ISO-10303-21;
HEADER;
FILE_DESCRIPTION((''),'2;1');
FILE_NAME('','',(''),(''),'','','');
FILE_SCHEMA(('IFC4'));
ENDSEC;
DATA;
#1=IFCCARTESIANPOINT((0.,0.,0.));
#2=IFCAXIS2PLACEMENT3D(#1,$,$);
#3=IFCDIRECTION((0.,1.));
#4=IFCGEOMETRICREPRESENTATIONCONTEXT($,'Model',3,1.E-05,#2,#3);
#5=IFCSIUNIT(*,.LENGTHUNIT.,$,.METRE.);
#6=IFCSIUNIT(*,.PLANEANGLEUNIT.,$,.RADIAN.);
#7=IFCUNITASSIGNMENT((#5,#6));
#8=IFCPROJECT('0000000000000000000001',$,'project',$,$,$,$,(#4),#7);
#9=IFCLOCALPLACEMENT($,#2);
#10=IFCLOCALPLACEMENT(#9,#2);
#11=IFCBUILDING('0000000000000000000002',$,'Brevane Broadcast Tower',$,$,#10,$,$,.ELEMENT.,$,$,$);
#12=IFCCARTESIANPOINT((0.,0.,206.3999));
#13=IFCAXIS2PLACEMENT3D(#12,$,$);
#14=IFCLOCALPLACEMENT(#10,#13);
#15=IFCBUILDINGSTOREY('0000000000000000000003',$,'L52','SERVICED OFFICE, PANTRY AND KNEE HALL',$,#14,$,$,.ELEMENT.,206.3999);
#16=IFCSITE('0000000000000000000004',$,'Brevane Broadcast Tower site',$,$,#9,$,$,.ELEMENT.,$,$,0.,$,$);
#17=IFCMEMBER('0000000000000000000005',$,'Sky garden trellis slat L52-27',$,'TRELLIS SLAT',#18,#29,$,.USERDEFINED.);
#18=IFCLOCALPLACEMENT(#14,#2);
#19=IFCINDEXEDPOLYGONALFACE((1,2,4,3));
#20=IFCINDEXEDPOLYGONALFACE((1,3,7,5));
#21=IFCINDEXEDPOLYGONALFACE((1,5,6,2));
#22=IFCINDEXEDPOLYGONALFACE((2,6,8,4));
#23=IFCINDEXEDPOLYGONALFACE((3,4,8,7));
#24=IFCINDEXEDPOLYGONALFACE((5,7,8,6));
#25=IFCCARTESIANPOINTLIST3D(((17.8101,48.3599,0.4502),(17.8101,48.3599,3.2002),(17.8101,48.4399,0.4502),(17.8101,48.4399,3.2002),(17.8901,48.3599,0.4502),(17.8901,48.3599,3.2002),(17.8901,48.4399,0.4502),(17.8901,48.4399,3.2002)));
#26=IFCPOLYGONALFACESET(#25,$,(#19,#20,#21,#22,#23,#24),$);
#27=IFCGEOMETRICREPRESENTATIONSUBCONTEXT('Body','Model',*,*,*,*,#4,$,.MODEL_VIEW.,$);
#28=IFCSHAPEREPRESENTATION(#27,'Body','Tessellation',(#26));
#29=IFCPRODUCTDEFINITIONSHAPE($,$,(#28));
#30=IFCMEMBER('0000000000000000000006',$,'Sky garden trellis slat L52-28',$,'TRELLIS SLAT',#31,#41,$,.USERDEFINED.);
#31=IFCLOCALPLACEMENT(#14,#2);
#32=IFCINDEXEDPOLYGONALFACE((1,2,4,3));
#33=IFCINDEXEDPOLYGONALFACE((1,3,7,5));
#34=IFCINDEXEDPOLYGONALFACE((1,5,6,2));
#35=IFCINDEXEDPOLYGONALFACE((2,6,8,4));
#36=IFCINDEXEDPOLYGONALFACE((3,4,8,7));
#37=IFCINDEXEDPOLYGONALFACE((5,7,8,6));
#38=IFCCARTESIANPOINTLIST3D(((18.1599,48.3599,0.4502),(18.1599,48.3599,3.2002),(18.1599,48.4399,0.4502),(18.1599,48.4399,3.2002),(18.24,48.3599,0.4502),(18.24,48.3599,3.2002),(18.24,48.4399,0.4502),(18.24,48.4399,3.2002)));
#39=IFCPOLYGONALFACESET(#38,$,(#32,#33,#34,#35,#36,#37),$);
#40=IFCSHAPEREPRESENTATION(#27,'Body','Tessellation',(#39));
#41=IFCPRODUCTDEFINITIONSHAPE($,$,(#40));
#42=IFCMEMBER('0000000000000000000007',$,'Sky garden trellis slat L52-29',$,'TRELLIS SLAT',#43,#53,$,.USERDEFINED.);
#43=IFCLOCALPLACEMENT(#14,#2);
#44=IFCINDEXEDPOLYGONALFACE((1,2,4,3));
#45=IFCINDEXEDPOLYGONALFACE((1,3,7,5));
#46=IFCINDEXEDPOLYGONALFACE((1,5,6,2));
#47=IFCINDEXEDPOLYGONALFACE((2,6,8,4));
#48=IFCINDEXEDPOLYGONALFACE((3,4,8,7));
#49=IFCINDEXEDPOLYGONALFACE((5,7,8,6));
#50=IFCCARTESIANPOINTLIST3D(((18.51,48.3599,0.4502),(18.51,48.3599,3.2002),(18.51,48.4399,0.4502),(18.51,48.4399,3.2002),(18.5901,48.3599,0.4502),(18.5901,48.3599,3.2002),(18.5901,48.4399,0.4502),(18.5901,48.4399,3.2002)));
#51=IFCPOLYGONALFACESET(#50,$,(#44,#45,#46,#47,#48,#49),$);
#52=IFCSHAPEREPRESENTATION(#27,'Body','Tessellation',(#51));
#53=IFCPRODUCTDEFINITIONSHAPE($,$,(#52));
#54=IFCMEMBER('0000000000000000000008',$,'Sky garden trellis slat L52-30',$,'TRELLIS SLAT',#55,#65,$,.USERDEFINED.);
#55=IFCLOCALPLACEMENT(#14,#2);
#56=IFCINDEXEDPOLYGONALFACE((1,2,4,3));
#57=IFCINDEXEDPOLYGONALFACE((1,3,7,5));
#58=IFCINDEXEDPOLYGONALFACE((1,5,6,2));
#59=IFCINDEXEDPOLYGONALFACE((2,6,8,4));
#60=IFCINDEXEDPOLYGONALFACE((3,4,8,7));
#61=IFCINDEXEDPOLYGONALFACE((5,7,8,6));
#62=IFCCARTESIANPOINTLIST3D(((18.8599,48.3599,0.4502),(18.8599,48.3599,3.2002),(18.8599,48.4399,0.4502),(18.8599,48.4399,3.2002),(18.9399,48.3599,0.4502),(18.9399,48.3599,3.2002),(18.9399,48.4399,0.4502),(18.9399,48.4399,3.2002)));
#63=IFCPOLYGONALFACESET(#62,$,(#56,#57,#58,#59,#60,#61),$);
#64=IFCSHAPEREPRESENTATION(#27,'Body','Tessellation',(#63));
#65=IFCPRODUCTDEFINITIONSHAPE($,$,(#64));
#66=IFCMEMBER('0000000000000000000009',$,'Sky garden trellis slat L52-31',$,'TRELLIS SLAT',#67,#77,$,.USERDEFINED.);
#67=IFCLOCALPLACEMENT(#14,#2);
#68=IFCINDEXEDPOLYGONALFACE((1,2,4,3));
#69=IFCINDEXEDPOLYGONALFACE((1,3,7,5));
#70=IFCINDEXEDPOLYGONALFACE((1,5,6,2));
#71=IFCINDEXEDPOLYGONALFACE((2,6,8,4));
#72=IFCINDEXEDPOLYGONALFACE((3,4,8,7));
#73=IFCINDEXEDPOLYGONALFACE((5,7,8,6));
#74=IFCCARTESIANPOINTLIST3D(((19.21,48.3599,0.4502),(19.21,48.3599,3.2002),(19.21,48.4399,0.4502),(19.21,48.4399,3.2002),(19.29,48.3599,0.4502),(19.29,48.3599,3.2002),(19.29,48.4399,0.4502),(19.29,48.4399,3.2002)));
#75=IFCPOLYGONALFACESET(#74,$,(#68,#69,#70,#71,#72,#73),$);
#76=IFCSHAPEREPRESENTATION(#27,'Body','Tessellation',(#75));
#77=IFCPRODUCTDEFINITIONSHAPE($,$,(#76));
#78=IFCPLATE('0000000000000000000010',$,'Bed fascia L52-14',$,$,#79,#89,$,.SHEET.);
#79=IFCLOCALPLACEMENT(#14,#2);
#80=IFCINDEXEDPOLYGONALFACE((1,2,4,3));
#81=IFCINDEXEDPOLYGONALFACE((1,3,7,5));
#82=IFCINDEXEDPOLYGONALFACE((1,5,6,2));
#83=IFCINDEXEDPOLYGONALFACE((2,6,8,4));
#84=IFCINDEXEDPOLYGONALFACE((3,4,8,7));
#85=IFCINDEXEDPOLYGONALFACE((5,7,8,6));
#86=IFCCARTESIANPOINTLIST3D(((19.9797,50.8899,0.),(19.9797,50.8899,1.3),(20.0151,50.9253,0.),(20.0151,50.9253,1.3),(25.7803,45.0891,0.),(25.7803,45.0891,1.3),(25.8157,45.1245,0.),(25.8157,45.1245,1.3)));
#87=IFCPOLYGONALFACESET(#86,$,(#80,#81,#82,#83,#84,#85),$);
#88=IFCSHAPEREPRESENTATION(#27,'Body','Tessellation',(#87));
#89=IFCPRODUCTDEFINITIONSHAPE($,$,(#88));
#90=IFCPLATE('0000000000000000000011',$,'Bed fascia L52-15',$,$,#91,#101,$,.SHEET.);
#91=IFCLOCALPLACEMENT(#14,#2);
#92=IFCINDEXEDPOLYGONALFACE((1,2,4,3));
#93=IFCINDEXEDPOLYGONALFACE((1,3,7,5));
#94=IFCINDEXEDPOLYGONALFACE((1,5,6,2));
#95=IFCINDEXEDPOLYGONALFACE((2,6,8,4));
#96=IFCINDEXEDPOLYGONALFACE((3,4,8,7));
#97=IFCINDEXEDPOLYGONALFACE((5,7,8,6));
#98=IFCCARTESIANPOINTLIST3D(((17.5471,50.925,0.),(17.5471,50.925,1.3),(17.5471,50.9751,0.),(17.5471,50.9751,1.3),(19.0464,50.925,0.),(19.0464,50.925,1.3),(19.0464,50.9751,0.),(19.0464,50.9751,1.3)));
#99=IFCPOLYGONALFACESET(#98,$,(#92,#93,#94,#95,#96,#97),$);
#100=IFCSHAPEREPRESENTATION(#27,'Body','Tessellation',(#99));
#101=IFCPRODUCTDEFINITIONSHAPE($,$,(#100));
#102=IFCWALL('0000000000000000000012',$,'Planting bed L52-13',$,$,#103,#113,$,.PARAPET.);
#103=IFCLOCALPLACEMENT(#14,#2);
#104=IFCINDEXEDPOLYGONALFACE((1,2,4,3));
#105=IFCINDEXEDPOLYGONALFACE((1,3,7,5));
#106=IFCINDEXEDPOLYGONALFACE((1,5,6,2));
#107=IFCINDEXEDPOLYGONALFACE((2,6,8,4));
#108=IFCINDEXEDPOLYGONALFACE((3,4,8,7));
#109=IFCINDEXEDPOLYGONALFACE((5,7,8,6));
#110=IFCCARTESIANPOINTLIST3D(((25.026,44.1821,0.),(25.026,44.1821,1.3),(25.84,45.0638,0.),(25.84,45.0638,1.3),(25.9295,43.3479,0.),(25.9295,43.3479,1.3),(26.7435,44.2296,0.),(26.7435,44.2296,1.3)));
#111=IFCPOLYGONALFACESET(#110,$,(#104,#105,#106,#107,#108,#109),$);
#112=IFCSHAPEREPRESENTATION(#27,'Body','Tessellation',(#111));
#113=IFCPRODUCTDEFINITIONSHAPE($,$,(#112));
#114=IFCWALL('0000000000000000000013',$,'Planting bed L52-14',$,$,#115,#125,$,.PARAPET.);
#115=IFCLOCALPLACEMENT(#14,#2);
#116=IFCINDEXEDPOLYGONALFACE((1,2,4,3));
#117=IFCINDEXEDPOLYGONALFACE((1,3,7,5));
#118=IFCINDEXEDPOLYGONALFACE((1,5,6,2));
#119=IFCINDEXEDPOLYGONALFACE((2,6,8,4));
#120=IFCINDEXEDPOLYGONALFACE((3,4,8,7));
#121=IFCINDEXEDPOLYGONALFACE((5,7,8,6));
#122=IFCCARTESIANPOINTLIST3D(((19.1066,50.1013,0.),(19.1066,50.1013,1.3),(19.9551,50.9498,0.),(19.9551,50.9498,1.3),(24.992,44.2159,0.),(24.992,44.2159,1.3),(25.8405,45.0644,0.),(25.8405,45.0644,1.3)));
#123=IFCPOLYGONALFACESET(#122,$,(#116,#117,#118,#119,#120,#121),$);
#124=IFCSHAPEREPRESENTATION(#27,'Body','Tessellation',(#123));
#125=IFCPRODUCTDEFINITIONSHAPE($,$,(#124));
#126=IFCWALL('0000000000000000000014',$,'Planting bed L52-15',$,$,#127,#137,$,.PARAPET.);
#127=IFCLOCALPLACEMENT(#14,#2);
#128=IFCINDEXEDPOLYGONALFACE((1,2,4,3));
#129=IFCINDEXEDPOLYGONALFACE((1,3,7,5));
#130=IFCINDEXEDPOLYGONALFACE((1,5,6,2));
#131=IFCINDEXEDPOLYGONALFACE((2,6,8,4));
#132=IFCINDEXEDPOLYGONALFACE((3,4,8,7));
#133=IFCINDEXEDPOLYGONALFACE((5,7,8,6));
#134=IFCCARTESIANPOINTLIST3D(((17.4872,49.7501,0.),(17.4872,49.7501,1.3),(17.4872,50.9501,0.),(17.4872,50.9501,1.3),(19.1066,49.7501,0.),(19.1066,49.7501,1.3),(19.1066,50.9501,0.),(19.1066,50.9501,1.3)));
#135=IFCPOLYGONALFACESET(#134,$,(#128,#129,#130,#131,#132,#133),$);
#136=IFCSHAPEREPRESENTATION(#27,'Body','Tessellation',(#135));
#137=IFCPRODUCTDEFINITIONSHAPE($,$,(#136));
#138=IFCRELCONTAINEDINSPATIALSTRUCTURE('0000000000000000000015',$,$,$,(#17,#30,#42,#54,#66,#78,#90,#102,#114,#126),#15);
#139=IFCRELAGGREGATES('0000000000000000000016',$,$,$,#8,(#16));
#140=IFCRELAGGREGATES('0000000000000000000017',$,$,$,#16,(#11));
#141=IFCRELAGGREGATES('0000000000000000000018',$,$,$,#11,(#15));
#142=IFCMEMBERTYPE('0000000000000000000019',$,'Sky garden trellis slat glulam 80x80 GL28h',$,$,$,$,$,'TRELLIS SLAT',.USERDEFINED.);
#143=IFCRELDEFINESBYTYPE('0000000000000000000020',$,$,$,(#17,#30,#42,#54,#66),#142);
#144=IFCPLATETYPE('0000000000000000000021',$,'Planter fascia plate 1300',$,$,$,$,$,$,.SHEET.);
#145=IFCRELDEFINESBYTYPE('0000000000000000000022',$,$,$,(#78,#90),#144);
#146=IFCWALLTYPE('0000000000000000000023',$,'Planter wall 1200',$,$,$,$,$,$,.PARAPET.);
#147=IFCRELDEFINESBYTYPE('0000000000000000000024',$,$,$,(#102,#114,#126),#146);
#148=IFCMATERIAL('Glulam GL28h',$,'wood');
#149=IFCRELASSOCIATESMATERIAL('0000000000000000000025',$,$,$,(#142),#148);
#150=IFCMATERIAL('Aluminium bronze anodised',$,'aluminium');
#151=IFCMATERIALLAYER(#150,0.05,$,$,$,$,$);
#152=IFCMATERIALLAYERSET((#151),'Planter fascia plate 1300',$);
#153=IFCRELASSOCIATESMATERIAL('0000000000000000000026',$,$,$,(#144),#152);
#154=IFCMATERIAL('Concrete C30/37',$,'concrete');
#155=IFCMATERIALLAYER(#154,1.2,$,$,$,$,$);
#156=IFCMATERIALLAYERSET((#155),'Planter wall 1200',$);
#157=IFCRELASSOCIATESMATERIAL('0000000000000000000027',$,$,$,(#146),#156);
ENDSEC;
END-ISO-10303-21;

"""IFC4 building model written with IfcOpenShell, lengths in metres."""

from ifc_helpers import new_model, si_unit, direction, frame, frame_2d, origin, origin_2d, place, context, subcontext, project, spatial, polyline, rectangle, outline, extrude, material, layer, layer_set, material_profile, profile_set, type_object, element, save


model = new_model("IFC4")

# Units and contexts
model_context = context("Model", 3, precision=1e-05, world=origin(), true_north=direction((0.0, 1.0)))
body_context = subcontext(model_context, "Body", "Model", "MODEL_VIEW")
ifc_project = project(units=[si_unit("LENGTHUNIT", "METRE"), si_unit("PLANEANGLEUNIT", "RADIAN")], contexts=[model_context])

# Site, building, storey
site_placement = place(None, origin())
site = spatial("IfcSite", under=ifc_project, at=site_placement, Name="Brevane Broadcast Tower site", CompositionType="ELEMENT", RefElevation=0.0)
building_placement = place(site_placement, origin())
building = spatial("IfcBuilding", under=site, at=building_placement, Name="Brevane Broadcast Tower", CompositionType="ELEMENT")
storey_placement = place(building_placement, frame((0.0, 0.0, 206.3999)))
storey = spatial("IfcBuildingStorey", under=building, at=storey_placement, Name="L52", Description="SERVICED OFFICE, PANTRY AND KNEE HALL", CompositionType="ELEMENT", Elevation=206.3999)

# Members
ifc_material_1 = material(Name="Glulam GL28h", Category="wood")
ifc_material_profile_1 = material_profile(ifc_material_1, rectangle(XDim=0.0801, YDim=0.0801, at=origin_2d()), Name="RECT 80x80")
ifc_profile_set_1 = profile_set([ifc_material_profile_1], Name="Glulam GL28h")
member_type_1 = type_object("IfcMemberType", Name="Sky garden trellis slat glulam 80x80 GL28h", ElementType="TRELLIS SLAT", PredefinedType="USERDEFINED", material=ifc_profile_set_1)
for number, where, z_axis, x_axis, name in (
    (1, (17.8501, 48.3999, 0.4502), (0.0, 0.0, 1.0), (1.0, 0.0, 0.0), "Sky garden trellis slat L52-27"),
    (2, (18.2, 48.3999, 0.4502), (0.0, 0.0, 1.0), (1.0, 0.0, 0.0), "Sky garden trellis slat L52-28"),
    (3, (18.55, 48.3999, 0.4502), (0.0, 0.0, 1.0), (1.0, 0.0, 0.0), "Sky garden trellis slat L52-29"),
    (4, (18.8999, 48.3999, 0.4502), (0.0, 0.0, 1.0), (1.0, 0.0, 0.0), "Sky garden trellis slat L52-30"),
    (5, (19.25, 48.3999, 0.4502), (0.0, 0.0, 1.0), (1.0, 0.0, 0.0), "Sky garden trellis slat L52-31"),
):
    element("IfcMember", number, at=place(storey_placement, frame(where, z_axis=z_axis, x_axis=x_axis)), inside=storey, type_object=member_type_1, Name=name, ObjectType="TRELLIS SLAT", PredefinedType="USERDEFINED", context=body_context, shape_type="SweptSolid", body=[
        extrude(rectangle(XDim=0.0801, YDim=0.0801, at=origin_2d()), origin(), (0.0, 0.0, 1.0), 2.75),
    ])

# Plates
ifc_material_2 = material(Name="Aluminium bronze anodised", Category="aluminium")
ifc_layer_1 = layer(ifc_material_2, 0.05)
ifc_layer_set_1 = layer_set([ifc_layer_1], Name="Planter fascia plate 1300")
plate_type = type_object("IfcPlateType", Name="Planter fascia plate 1300", PredefinedType="SHEET", material=ifc_layer_set_1)
plate_1_placement = place(storey_placement, frame((25.8157, 45.1245, 0.0), z_axis=(0.707122, 0.707092, 0.0), x_axis=(-0.707092, 0.707122, 0.0)))
element("IfcPlate", 6, at=plate_1_placement, inside=storey, type_object=plate_type, Name="Bed fascia L52-14", PredefinedType="SHEET", context=body_context, shape_type="SweptSolid", body=[
    extrude(outline(polyline([(0.0, 0.0), (8.2034, 0.0), (8.2034, 1.3), (0.0, 1.3), (0.0, 0.0)])), origin(), (0.0, 0.0, -1.0), 0.05),
])
plate_2_placement = place(storey_placement, frame((19.0464, 50.9751, 0.0), z_axis=(0.0, 1.0, 0.0), x_axis=(-1.0, 0.0, 0.0)))
element("IfcPlate", 7, at=plate_2_placement, inside=storey, type_object=plate_type, Name="Bed fascia L52-15", PredefinedType="SHEET", context=body_context, shape_type="SweptSolid", body=[
    extrude(outline(polyline([(0.0, 0.0), (1.4993, 0.0), (1.4993, 1.3), (0.0, 1.3), (0.0, 0.0)])), origin(), (0.0, 0.0, -1.0), 0.05),
])

# Walls
ifc_material_3 = material(Name="Concrete C30/37", Category="concrete")
ifc_layer_2 = layer(ifc_material_3, 1.2)
ifc_layer_set_2 = layer_set([ifc_layer_2], Name="Planter wall 1200")
wall_type = type_object("IfcWallType", Name="Planter wall 1200", PredefinedType="PARAPET", material=ifc_layer_set_2)
wall_1_placement = place(storey_placement, frame((26.3364, 43.7888, 0.0), z_axis=(0.0, 0.0, 1.0), x_axis=(-0.734735, 0.678354, 0.0)))
element("IfcWall", 8, at=wall_1_placement, inside=storey, type_object=wall_type, Name="Planting bed L52-13", PredefinedType="PARAPET", context=body_context, shape_type="SweptSolid", body=[
    extrude(rectangle(XDim=1.2297, YDim=1.2, at=frame_2d((0.6147, 0.0))), origin(), (0.0, 0.0, 1.0), 1.3),
])
wall_2_placement = place(storey_placement, frame((25.4163, 44.6401, 0.0), z_axis=(0.0, 0.0, 1.0), x_axis=(-0.707107, 0.707107, 0.0)))
element("IfcWall", 9, at=wall_2_placement, inside=storey, type_object=wall_type, Name="Planting bed L52-14", PredefinedType="PARAPET", context=body_context, shape_type="SweptSolid", body=[
    extrude(rectangle(XDim=8.3232, YDim=1.2, at=frame_2d((4.1616, 0.0))), origin(), (0.0, 0.0, 1.0), 1.3),
])
wall_3_placement = place(storey_placement, frame((19.1064, 50.3501, 0.0), z_axis=(0.0, 0.0, 1.0), x_axis=(-1.0, 0.0, 0.0)))
element("IfcWall", 10, at=wall_3_placement, inside=storey, type_object=wall_type, Name="Planting bed L52-15", PredefinedType="PARAPET", context=body_context, shape_type="SweptSolid", body=[
    extrude(rectangle(XDim=1.6194, YDim=1.2, at=frame_2d((0.8096, 0.0))), origin(), (0.0, 0.0, 1.0), 1.3),
])

save(model, "model.ifc")
